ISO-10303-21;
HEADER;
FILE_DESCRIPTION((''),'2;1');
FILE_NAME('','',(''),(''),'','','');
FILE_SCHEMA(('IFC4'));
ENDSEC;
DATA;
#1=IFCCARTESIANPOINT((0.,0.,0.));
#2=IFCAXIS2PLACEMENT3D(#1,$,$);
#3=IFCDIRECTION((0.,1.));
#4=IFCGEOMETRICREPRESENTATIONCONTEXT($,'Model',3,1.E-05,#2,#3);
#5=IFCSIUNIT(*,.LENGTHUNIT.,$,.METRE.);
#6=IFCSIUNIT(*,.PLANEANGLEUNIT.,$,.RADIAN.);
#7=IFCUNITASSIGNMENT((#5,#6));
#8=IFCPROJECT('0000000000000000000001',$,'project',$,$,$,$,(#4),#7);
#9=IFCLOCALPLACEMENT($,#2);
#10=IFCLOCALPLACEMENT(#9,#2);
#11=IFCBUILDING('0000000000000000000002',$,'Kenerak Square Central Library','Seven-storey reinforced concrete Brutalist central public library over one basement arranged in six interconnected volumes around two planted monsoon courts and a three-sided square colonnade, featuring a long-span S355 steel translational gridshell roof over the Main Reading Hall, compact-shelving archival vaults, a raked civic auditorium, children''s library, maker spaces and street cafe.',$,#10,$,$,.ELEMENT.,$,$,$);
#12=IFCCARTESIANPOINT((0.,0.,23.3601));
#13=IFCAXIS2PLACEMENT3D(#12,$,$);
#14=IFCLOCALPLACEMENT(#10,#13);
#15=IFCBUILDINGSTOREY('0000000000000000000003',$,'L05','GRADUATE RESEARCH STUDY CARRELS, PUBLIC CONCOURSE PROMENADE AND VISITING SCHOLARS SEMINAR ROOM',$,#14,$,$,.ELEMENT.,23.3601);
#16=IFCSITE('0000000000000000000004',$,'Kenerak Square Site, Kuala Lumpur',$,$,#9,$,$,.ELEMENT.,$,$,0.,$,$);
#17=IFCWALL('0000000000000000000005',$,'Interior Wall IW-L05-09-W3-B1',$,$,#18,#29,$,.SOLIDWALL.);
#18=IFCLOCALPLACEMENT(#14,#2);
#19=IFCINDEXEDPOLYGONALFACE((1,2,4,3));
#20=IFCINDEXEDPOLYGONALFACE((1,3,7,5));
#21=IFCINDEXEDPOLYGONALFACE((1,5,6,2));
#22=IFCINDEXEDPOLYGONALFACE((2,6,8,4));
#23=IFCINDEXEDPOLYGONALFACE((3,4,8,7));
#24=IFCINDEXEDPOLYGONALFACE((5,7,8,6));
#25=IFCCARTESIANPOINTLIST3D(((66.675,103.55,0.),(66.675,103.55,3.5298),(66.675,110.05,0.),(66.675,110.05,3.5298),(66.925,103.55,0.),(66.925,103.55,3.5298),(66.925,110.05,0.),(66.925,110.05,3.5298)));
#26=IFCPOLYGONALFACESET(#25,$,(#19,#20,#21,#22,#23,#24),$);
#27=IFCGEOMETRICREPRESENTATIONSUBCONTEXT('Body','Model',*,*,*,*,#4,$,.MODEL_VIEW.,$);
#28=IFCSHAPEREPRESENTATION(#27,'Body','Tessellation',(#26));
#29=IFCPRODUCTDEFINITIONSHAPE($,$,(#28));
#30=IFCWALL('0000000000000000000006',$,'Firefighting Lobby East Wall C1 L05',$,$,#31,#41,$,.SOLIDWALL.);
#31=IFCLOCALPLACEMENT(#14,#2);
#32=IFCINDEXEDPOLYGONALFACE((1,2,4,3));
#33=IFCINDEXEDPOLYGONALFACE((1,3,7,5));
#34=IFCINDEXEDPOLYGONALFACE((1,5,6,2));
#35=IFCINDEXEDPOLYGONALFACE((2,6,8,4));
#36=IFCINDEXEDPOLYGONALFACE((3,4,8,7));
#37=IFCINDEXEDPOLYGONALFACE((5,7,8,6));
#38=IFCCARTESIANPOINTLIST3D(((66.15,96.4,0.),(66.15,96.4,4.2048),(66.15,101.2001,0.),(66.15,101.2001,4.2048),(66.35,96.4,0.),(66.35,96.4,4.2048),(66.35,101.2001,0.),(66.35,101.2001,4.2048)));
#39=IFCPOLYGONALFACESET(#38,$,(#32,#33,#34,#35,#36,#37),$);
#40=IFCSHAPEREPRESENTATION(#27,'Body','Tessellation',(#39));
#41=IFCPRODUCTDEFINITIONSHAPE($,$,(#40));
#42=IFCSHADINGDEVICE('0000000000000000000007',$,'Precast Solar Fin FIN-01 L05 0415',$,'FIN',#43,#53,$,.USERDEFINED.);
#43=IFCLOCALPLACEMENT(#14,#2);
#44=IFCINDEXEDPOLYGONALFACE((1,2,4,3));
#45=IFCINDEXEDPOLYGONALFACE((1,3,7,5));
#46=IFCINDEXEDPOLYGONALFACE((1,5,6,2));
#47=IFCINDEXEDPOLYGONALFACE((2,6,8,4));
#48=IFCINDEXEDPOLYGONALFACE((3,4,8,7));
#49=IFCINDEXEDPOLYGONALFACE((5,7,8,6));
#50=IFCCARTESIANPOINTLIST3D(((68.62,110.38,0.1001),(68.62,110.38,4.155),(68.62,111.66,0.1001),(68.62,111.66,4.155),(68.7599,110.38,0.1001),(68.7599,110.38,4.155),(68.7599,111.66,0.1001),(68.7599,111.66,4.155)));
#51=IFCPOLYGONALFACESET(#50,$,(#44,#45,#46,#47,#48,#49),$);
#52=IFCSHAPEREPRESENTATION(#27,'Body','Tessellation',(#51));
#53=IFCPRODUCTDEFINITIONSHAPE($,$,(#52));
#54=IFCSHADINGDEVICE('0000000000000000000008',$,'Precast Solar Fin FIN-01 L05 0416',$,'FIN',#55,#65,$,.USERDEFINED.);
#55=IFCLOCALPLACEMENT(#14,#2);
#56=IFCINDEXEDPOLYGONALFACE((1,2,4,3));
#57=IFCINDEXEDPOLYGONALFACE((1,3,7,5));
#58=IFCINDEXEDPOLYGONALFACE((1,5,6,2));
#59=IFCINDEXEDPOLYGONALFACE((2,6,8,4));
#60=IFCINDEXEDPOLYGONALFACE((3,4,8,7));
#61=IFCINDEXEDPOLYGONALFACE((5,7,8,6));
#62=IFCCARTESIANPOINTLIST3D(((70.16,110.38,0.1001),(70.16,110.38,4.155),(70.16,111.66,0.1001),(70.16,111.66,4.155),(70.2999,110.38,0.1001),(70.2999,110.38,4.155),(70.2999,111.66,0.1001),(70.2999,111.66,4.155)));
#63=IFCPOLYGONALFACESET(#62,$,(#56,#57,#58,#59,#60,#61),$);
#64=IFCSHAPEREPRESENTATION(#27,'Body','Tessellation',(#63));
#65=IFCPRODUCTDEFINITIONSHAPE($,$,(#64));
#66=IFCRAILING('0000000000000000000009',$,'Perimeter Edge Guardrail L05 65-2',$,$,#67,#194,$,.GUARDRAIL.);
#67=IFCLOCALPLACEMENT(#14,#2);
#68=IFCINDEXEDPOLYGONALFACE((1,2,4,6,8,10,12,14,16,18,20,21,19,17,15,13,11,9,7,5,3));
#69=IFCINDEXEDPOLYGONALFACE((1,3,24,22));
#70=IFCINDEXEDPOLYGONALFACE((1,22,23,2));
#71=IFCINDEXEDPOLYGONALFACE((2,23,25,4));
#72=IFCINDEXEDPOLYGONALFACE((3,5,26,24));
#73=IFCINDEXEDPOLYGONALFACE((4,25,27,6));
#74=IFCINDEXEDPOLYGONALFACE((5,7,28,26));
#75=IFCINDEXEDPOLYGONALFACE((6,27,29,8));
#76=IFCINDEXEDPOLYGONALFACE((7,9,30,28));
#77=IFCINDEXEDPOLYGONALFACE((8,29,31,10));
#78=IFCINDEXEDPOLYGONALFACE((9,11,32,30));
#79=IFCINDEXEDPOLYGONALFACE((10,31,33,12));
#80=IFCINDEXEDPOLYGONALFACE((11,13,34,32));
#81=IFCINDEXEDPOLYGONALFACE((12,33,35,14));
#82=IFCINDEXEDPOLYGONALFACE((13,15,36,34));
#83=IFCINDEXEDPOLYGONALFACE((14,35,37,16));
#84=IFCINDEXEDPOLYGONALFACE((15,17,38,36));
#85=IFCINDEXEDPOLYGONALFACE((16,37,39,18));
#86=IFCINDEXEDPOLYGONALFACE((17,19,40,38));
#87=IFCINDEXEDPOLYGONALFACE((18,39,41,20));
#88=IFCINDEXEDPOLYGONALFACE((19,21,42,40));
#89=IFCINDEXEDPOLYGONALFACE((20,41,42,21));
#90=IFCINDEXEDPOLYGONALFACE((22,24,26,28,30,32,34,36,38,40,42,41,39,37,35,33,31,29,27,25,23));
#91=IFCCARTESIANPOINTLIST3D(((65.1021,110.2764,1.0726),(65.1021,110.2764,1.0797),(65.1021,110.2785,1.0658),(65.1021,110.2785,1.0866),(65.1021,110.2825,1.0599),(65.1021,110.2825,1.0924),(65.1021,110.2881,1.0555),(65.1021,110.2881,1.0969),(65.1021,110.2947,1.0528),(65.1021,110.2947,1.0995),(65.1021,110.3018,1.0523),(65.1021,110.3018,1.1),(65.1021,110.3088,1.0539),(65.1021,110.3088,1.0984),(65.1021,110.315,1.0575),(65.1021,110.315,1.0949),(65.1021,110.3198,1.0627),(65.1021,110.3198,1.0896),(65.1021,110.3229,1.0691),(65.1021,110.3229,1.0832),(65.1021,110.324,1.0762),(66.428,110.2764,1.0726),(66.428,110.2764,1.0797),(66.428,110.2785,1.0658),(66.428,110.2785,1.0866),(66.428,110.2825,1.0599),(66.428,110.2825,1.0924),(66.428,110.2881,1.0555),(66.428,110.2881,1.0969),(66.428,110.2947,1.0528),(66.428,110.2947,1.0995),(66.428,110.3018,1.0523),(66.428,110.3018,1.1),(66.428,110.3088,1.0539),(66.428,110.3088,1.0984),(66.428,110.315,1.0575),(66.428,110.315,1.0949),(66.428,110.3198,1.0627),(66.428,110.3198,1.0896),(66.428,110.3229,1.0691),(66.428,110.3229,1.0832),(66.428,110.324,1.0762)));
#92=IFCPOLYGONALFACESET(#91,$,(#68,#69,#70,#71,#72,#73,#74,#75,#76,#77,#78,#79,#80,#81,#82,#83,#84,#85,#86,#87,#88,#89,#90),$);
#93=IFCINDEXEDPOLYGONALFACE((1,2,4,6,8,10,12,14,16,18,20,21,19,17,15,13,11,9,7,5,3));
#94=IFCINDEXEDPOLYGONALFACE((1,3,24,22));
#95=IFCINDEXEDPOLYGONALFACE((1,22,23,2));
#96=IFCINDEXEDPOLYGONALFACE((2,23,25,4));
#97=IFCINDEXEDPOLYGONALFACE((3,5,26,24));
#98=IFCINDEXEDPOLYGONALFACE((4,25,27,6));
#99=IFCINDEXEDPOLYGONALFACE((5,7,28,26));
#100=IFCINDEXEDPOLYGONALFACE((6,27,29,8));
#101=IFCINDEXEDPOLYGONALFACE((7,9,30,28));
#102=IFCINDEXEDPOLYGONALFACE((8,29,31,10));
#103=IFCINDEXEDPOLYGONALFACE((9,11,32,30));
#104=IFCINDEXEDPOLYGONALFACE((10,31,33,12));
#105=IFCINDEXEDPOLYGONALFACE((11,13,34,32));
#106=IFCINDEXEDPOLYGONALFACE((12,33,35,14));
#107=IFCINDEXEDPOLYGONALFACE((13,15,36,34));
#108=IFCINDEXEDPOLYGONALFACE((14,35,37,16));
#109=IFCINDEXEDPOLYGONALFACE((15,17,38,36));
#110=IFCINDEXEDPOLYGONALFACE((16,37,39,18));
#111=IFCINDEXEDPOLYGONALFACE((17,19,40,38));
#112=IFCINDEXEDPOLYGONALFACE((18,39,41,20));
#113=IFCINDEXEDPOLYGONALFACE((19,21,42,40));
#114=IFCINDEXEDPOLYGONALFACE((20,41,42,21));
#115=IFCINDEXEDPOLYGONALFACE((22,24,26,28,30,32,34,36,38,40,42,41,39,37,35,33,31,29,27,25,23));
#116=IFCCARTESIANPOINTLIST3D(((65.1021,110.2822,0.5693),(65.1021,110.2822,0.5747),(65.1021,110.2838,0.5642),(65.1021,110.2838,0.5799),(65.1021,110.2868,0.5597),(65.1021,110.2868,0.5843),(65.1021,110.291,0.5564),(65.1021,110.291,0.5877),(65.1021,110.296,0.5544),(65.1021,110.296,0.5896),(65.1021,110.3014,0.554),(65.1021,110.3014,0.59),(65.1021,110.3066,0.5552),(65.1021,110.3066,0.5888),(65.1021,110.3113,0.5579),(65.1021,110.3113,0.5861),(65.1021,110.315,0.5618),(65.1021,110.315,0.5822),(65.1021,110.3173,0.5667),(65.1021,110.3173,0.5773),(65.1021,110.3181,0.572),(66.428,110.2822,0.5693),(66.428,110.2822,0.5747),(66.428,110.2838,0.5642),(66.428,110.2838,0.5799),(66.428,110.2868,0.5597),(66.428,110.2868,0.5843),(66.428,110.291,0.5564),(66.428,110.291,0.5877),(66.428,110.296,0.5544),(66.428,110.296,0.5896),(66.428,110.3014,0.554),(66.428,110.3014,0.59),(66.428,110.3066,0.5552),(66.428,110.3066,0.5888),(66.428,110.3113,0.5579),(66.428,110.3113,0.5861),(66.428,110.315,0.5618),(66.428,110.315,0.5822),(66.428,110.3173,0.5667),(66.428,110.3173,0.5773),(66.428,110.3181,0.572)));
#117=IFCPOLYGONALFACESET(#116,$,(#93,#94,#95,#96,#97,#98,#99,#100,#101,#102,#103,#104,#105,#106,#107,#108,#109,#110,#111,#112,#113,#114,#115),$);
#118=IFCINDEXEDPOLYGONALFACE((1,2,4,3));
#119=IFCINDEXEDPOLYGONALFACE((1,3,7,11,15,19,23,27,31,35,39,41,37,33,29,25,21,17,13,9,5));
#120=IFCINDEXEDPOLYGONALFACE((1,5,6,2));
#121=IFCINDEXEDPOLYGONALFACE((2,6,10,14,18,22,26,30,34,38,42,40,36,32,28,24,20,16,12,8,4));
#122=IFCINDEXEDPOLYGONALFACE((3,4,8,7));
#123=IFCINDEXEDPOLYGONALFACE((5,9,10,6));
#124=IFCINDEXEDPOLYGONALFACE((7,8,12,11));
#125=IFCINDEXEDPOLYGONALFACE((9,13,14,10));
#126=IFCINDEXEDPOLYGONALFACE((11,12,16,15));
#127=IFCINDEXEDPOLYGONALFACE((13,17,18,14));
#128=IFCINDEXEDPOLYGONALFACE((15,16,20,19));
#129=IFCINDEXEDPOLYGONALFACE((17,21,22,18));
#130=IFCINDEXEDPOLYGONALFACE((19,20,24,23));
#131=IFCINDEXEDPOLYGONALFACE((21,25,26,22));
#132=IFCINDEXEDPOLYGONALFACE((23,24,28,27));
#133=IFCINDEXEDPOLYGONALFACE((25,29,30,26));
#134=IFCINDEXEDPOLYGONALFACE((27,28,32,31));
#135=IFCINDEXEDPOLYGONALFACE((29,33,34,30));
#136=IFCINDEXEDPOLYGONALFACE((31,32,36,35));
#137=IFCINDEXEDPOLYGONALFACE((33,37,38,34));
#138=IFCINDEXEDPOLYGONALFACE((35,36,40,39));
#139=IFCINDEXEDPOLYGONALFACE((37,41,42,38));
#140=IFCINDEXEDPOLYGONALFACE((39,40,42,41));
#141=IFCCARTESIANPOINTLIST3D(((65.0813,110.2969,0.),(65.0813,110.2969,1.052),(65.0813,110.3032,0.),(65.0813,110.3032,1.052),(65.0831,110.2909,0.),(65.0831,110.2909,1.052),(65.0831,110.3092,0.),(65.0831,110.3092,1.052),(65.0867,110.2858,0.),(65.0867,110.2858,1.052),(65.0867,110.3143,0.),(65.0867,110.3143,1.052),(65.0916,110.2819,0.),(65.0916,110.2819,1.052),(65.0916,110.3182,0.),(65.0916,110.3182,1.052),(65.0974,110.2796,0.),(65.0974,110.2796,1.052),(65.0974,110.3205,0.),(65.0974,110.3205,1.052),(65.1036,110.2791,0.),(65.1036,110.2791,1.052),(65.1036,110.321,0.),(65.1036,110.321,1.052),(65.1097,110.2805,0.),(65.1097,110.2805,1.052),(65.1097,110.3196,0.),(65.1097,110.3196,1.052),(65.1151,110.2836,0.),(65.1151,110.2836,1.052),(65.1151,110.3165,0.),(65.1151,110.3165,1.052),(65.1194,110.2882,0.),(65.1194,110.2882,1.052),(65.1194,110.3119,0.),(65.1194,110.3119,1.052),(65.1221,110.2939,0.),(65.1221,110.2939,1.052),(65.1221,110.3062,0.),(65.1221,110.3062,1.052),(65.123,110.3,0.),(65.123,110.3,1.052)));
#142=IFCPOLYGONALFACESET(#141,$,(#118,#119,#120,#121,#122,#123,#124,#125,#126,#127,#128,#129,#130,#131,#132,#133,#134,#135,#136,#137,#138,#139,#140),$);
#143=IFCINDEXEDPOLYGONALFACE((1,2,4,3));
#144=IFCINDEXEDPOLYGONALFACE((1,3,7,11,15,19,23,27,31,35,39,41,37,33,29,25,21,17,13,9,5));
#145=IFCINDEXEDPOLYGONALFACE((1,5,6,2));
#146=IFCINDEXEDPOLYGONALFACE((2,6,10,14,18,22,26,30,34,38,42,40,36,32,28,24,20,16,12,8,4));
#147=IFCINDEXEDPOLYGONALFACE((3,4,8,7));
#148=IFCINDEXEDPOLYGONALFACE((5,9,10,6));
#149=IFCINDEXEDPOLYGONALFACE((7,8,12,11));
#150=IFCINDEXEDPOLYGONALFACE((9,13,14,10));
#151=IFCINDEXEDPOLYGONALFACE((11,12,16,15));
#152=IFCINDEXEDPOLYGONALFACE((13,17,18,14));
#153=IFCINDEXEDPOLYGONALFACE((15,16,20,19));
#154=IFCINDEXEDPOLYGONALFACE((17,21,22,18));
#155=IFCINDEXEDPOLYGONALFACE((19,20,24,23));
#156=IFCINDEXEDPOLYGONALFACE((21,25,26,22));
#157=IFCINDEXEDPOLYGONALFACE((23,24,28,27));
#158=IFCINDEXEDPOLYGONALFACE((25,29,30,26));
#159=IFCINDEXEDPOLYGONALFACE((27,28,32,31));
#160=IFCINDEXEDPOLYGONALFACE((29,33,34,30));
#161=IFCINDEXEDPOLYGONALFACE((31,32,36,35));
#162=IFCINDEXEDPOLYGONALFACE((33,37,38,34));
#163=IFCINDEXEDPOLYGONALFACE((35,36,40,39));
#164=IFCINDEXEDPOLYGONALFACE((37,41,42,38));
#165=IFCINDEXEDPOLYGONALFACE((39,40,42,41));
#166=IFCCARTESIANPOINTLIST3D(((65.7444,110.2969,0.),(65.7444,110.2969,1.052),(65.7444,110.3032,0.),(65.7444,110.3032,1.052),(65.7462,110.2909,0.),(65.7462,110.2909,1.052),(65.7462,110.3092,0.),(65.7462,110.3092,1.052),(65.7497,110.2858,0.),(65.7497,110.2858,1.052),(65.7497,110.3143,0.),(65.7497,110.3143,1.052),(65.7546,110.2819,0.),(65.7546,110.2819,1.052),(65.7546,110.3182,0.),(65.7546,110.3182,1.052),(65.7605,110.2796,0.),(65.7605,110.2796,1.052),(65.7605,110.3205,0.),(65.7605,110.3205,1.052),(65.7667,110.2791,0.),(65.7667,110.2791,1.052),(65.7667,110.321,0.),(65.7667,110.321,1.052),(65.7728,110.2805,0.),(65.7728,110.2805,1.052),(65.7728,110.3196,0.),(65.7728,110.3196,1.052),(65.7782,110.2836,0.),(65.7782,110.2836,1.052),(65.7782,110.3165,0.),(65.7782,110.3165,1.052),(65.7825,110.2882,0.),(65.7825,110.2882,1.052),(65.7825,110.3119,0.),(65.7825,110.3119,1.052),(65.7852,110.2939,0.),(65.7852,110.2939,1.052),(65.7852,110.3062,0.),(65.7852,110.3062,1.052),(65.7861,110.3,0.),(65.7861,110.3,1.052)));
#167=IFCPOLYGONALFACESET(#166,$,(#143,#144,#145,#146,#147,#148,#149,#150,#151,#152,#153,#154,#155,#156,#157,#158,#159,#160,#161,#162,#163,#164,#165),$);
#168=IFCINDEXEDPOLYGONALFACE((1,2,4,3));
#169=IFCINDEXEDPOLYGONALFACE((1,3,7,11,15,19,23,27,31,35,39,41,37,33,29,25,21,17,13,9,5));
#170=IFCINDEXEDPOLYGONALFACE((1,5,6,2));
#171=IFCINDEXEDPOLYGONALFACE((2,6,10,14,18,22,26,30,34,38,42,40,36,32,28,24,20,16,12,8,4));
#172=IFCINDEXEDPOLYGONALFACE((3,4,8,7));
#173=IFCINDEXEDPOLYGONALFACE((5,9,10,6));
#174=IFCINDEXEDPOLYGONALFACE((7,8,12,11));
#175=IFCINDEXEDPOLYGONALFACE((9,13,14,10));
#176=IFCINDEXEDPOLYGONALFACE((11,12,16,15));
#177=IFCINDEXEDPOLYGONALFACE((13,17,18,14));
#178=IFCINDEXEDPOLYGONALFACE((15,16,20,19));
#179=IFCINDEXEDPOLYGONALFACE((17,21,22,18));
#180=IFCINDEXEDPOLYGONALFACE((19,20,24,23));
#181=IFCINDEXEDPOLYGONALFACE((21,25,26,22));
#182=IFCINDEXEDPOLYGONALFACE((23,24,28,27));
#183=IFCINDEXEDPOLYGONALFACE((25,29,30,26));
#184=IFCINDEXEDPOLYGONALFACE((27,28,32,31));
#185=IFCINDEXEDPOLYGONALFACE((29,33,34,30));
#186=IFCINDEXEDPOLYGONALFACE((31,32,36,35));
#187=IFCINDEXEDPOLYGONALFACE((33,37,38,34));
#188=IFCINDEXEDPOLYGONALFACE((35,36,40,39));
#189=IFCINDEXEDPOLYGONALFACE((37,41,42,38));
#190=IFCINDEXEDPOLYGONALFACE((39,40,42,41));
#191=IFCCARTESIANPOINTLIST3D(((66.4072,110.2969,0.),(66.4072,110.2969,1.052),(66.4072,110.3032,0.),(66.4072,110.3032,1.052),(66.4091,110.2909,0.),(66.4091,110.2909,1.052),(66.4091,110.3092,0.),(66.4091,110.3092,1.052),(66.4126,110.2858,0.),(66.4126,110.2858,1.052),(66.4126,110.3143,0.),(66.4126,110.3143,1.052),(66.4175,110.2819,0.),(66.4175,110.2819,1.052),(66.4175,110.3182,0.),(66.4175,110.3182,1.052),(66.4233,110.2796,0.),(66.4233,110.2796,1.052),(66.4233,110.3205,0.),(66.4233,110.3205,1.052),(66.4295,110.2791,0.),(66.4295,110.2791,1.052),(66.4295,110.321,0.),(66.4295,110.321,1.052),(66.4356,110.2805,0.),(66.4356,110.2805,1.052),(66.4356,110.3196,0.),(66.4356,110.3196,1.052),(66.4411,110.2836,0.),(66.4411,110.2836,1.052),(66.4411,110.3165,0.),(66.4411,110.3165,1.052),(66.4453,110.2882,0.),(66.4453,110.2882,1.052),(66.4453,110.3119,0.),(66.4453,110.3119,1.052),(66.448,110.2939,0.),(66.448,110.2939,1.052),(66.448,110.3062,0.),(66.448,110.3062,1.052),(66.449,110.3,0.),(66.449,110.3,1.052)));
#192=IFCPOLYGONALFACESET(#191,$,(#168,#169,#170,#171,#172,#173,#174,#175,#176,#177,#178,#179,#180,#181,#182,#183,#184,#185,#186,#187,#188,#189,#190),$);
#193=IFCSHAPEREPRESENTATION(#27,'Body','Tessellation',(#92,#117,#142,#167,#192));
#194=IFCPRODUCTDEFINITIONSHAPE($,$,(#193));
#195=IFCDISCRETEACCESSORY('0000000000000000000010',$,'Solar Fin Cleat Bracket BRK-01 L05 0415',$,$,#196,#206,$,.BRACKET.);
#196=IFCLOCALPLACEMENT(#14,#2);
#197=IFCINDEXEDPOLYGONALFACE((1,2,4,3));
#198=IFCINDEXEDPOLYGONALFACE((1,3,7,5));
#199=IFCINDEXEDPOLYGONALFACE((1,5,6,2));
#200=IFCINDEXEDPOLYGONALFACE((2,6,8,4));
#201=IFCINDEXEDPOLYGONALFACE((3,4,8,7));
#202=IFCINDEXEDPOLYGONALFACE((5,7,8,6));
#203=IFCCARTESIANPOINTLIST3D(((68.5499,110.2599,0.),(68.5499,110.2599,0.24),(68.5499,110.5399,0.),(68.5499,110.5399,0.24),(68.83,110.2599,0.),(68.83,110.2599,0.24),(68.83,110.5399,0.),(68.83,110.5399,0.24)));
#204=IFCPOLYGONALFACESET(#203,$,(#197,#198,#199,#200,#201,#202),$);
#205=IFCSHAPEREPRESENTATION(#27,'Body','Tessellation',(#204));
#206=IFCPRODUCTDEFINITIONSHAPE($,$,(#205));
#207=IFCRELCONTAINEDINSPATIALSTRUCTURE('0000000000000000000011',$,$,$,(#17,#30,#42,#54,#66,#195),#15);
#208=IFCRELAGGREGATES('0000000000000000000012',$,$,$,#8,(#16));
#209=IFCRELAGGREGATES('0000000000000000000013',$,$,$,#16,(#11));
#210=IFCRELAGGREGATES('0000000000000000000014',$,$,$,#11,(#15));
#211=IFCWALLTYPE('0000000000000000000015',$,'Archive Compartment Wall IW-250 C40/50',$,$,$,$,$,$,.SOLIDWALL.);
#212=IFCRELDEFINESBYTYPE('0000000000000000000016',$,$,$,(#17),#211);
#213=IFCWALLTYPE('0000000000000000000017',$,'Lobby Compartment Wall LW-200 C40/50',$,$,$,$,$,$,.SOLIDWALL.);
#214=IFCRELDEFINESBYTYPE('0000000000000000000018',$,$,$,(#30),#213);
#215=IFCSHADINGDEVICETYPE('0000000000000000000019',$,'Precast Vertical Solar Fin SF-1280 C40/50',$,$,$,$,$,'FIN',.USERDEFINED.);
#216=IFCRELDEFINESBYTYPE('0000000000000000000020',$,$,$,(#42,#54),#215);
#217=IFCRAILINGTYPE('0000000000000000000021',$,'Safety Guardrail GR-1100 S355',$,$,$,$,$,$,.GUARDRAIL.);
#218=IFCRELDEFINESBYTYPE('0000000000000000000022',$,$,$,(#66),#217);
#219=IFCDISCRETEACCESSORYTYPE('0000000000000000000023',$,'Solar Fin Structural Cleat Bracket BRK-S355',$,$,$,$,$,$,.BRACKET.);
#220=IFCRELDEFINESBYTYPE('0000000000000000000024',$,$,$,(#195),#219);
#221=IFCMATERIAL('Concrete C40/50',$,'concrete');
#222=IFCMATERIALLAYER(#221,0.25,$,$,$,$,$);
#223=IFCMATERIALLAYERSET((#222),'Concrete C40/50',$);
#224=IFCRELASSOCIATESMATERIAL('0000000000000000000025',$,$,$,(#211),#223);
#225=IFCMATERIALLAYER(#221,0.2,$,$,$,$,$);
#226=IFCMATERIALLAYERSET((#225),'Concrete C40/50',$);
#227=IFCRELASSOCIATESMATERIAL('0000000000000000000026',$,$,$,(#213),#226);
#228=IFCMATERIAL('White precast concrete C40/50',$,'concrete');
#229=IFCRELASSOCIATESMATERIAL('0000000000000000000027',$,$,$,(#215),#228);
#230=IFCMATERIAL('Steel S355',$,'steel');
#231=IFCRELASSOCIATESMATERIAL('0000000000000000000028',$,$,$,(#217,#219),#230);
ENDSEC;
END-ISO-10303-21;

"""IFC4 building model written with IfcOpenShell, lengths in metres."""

from ifc_helpers import new_model, si_unit, direction, frame, frame_2d, origin, origin_2d, place, context, subcontext, project, spatial, rectangle, circle, extrude, material, layer, layer_set, type_object, element, save


model = new_model("IFC4")

# Units and contexts
model_context = context("Model", 3, precision=1e-05, world=origin(), true_north=direction((0.0, 1.0)))
body_context = subcontext(model_context, "Body", "Model", "MODEL_VIEW")
ifc_project = project(units=[si_unit("LENGTHUNIT", "METRE"), si_unit("PLANEANGLEUNIT", "RADIAN")], contexts=[model_context])

# Site, building, storey
site_placement = place(None, origin())
site = spatial("IfcSite", under=ifc_project, at=site_placement, Name="Kenerak Square Site, Kuala Lumpur", CompositionType="ELEMENT", RefElevation=0.0)
building_placement = place(site_placement, origin())
building = spatial("IfcBuilding", under=site, at=building_placement, Name="Kenerak Square Central Library", Description="Seven-storey reinforced concrete Brutalist central public library over one basement arranged in six interconnected volumes around two planted monsoon courts and a three-sided square colonnade, featuring a long-span S355 steel translational gridshell roof over the Main Reading Hall, compact-shelving archival vaults, a raked civic auditorium, children's library, maker spaces and street cafe.", CompositionType="ELEMENT")
storey_placement = place(building_placement, frame((0.0, 0.0, 23.3601)))
storey = spatial("IfcBuildingStorey", under=building, at=storey_placement, Name="L05", Description="GRADUATE RESEARCH STUDY CARRELS, PUBLIC CONCOURSE PROMENADE AND VISITING SCHOLARS SEMINAR ROOM", CompositionType="ELEMENT", Elevation=23.3601)

# Shared definitions
ifc_material_1 = material(Name="Concrete C40/50", Category="concrete")

# Walls
ifc_layer_1 = layer(ifc_material_1, 0.25)
ifc_layer_set_1 = layer_set([ifc_layer_1], Name="Concrete C40/50")
wall_type_1 = type_object("IfcWallType", Name="Archive Compartment Wall IW-250 C40/50", PredefinedType="SOLIDWALL", material=ifc_layer_set_1)
wall_1_placement = place(storey_placement, frame((66.8, 103.55, 0.0), z_axis=(0.0, 0.0, 1.0), x_axis=(0.0, 1.0, 0.0)))
element("IfcWall", 1, at=wall_1_placement, inside=storey, type_object=wall_type_1, Name="Interior Wall IW-L05-09-W3-B1", PredefinedType="SOLIDWALL", context=body_context, shape_type="SweptSolid", body=[
    extrude(rectangle(XDim=6.5, YDim=0.25, at=frame_2d((3.25, 0.0))), origin(), (0.0, 0.0, 1.0), 3.5298),
])
ifc_layer_2 = layer(ifc_material_1, 0.2)
ifc_layer_set_2 = layer_set([ifc_layer_2], Name="Concrete C40/50")
wall_type_2 = type_object("IfcWallType", Name="Lobby Compartment Wall LW-200 C40/50", PredefinedType="SOLIDWALL", material=ifc_layer_set_2)
wall_2_placement = place(storey_placement, frame((66.25, 101.2, 0.0), z_axis=(0.0, 0.0, 1.0), x_axis=(0.0, -1.0, 0.0)))
element("IfcWall", 2, at=wall_2_placement, inside=storey, type_object=wall_type_2, Name="Firefighting Lobby East Wall C1 L05", PredefinedType="SOLIDWALL", context=body_context, shape_type="SweptSolid", body=[
    extrude(rectangle(XDim=4.8, YDim=0.2, at=frame_2d((2.3999, 0.0))), origin(), (0.0, 0.0, 1.0), 4.2048),
])

# Shading devices
ifc_material_2 = material(Name="White precast concrete C40/50", Category="concrete")
shading_device_type = type_object("IfcShadingDeviceType", Name="Precast Vertical Solar Fin SF-1280 C40/50", ElementType="FIN", PredefinedType="USERDEFINED", material=ifc_material_2)
for number, where, z_axis, x_axis, name in (
    (3, (68.6899, 111.02, 0.1001), (0.0, 0.0, 1.0), (1.0, 0.0, 0.0), "Precast Solar Fin FIN-01 L05 0415"),
    (4, (70.23, 111.02, 0.1001), (0.0, 0.0, 1.0), (1.0, 0.0, 0.0), "Precast Solar Fin FIN-01 L05 0416"),
):
    element("IfcShadingDevice", number, at=place(storey_placement, frame(where, z_axis=z_axis, x_axis=x_axis)), inside=storey, type_object=shading_device_type, Name=name, ObjectType="FIN", PredefinedType="USERDEFINED", context=body_context, shape_type="SweptSolid", body=[
        extrude(rectangle(XDim=0.1399, YDim=1.28, at=origin_2d()), origin(), (0.0, 0.0, 1.0), 4.0549),
    ])

# Railing
ifc_material_3 = material(Name="Steel S355", Category="steel")
railing_type = type_object("IfcRailingType", Name="Safety Guardrail GR-1100 S355", PredefinedType="GUARDRAIL", material=ifc_material_3)
railing_placement = place(storey_placement, frame((65.1021, 110.3, 0.0)))
element("IfcRailing", 5, at=railing_placement, inside=storey, type_object=railing_type, Name="Perimeter Edge Guardrail L05 65-2", PredefinedType="GUARDRAIL", context=body_context, shape_type="SweptSolid", body=[
    extrude(circle(Radius=0.0239, at=origin_2d()), frame((0.0, 0.0, 1.0762), z_axis=(1.0, 0.0, 0.0), x_axis=(0.0, 1.0, 0.0)), (0.0, 0.0, 1.0), 1.3259),
    extrude(circle(Radius=0.0181, at=origin_2d()), frame((0.0, 0.0, 0.572), z_axis=(1.0, 0.0, 0.0), x_axis=(0.0, 1.0, 0.0)), (0.0, 0.0, 1.0), 1.3259),
    extrude(circle(Radius=0.021, at=origin_2d()), origin(), (0.0, 0.0, 1.0), 1.052),
    extrude(circle(Radius=0.021, at=origin_2d()), frame((0.6631, 0.0, 0.0)), (0.0, 0.0, 1.0), 1.052),
    extrude(circle(Radius=0.021, at=origin_2d()), frame((1.3259, 0.0, 0.0)), (0.0, 0.0, 1.0), 1.052),
])

# Discrete accessory
discrete_accessory_type = type_object("IfcDiscreteAccessoryType", Name="Solar Fin Structural Cleat Bracket BRK-S355", PredefinedType="BRACKET", material=ifc_material_3)
for number, where, z_axis, x_axis, name in (
    (6, (68.6899, 110.3999, 0.0), (0.0, 0.0, 1.0), (1.0, 0.0, 0.0), "Solar Fin Cleat Bracket BRK-01 L05 0415"),
):
    element("IfcDiscreteAccessory", number, at=place(storey_placement, frame(where, z_axis=z_axis, x_axis=x_axis)), inside=storey, type_object=discrete_accessory_type, Name=name, PredefinedType="BRACKET", context=body_context, shape_type="SweptSolid", body=[
        extrude(rectangle(XDim=0.28, YDim=0.28, at=origin_2d()), origin(), (0.0, 0.0, 1.0), 0.24),
    ])

save(model, "model.ifc")
